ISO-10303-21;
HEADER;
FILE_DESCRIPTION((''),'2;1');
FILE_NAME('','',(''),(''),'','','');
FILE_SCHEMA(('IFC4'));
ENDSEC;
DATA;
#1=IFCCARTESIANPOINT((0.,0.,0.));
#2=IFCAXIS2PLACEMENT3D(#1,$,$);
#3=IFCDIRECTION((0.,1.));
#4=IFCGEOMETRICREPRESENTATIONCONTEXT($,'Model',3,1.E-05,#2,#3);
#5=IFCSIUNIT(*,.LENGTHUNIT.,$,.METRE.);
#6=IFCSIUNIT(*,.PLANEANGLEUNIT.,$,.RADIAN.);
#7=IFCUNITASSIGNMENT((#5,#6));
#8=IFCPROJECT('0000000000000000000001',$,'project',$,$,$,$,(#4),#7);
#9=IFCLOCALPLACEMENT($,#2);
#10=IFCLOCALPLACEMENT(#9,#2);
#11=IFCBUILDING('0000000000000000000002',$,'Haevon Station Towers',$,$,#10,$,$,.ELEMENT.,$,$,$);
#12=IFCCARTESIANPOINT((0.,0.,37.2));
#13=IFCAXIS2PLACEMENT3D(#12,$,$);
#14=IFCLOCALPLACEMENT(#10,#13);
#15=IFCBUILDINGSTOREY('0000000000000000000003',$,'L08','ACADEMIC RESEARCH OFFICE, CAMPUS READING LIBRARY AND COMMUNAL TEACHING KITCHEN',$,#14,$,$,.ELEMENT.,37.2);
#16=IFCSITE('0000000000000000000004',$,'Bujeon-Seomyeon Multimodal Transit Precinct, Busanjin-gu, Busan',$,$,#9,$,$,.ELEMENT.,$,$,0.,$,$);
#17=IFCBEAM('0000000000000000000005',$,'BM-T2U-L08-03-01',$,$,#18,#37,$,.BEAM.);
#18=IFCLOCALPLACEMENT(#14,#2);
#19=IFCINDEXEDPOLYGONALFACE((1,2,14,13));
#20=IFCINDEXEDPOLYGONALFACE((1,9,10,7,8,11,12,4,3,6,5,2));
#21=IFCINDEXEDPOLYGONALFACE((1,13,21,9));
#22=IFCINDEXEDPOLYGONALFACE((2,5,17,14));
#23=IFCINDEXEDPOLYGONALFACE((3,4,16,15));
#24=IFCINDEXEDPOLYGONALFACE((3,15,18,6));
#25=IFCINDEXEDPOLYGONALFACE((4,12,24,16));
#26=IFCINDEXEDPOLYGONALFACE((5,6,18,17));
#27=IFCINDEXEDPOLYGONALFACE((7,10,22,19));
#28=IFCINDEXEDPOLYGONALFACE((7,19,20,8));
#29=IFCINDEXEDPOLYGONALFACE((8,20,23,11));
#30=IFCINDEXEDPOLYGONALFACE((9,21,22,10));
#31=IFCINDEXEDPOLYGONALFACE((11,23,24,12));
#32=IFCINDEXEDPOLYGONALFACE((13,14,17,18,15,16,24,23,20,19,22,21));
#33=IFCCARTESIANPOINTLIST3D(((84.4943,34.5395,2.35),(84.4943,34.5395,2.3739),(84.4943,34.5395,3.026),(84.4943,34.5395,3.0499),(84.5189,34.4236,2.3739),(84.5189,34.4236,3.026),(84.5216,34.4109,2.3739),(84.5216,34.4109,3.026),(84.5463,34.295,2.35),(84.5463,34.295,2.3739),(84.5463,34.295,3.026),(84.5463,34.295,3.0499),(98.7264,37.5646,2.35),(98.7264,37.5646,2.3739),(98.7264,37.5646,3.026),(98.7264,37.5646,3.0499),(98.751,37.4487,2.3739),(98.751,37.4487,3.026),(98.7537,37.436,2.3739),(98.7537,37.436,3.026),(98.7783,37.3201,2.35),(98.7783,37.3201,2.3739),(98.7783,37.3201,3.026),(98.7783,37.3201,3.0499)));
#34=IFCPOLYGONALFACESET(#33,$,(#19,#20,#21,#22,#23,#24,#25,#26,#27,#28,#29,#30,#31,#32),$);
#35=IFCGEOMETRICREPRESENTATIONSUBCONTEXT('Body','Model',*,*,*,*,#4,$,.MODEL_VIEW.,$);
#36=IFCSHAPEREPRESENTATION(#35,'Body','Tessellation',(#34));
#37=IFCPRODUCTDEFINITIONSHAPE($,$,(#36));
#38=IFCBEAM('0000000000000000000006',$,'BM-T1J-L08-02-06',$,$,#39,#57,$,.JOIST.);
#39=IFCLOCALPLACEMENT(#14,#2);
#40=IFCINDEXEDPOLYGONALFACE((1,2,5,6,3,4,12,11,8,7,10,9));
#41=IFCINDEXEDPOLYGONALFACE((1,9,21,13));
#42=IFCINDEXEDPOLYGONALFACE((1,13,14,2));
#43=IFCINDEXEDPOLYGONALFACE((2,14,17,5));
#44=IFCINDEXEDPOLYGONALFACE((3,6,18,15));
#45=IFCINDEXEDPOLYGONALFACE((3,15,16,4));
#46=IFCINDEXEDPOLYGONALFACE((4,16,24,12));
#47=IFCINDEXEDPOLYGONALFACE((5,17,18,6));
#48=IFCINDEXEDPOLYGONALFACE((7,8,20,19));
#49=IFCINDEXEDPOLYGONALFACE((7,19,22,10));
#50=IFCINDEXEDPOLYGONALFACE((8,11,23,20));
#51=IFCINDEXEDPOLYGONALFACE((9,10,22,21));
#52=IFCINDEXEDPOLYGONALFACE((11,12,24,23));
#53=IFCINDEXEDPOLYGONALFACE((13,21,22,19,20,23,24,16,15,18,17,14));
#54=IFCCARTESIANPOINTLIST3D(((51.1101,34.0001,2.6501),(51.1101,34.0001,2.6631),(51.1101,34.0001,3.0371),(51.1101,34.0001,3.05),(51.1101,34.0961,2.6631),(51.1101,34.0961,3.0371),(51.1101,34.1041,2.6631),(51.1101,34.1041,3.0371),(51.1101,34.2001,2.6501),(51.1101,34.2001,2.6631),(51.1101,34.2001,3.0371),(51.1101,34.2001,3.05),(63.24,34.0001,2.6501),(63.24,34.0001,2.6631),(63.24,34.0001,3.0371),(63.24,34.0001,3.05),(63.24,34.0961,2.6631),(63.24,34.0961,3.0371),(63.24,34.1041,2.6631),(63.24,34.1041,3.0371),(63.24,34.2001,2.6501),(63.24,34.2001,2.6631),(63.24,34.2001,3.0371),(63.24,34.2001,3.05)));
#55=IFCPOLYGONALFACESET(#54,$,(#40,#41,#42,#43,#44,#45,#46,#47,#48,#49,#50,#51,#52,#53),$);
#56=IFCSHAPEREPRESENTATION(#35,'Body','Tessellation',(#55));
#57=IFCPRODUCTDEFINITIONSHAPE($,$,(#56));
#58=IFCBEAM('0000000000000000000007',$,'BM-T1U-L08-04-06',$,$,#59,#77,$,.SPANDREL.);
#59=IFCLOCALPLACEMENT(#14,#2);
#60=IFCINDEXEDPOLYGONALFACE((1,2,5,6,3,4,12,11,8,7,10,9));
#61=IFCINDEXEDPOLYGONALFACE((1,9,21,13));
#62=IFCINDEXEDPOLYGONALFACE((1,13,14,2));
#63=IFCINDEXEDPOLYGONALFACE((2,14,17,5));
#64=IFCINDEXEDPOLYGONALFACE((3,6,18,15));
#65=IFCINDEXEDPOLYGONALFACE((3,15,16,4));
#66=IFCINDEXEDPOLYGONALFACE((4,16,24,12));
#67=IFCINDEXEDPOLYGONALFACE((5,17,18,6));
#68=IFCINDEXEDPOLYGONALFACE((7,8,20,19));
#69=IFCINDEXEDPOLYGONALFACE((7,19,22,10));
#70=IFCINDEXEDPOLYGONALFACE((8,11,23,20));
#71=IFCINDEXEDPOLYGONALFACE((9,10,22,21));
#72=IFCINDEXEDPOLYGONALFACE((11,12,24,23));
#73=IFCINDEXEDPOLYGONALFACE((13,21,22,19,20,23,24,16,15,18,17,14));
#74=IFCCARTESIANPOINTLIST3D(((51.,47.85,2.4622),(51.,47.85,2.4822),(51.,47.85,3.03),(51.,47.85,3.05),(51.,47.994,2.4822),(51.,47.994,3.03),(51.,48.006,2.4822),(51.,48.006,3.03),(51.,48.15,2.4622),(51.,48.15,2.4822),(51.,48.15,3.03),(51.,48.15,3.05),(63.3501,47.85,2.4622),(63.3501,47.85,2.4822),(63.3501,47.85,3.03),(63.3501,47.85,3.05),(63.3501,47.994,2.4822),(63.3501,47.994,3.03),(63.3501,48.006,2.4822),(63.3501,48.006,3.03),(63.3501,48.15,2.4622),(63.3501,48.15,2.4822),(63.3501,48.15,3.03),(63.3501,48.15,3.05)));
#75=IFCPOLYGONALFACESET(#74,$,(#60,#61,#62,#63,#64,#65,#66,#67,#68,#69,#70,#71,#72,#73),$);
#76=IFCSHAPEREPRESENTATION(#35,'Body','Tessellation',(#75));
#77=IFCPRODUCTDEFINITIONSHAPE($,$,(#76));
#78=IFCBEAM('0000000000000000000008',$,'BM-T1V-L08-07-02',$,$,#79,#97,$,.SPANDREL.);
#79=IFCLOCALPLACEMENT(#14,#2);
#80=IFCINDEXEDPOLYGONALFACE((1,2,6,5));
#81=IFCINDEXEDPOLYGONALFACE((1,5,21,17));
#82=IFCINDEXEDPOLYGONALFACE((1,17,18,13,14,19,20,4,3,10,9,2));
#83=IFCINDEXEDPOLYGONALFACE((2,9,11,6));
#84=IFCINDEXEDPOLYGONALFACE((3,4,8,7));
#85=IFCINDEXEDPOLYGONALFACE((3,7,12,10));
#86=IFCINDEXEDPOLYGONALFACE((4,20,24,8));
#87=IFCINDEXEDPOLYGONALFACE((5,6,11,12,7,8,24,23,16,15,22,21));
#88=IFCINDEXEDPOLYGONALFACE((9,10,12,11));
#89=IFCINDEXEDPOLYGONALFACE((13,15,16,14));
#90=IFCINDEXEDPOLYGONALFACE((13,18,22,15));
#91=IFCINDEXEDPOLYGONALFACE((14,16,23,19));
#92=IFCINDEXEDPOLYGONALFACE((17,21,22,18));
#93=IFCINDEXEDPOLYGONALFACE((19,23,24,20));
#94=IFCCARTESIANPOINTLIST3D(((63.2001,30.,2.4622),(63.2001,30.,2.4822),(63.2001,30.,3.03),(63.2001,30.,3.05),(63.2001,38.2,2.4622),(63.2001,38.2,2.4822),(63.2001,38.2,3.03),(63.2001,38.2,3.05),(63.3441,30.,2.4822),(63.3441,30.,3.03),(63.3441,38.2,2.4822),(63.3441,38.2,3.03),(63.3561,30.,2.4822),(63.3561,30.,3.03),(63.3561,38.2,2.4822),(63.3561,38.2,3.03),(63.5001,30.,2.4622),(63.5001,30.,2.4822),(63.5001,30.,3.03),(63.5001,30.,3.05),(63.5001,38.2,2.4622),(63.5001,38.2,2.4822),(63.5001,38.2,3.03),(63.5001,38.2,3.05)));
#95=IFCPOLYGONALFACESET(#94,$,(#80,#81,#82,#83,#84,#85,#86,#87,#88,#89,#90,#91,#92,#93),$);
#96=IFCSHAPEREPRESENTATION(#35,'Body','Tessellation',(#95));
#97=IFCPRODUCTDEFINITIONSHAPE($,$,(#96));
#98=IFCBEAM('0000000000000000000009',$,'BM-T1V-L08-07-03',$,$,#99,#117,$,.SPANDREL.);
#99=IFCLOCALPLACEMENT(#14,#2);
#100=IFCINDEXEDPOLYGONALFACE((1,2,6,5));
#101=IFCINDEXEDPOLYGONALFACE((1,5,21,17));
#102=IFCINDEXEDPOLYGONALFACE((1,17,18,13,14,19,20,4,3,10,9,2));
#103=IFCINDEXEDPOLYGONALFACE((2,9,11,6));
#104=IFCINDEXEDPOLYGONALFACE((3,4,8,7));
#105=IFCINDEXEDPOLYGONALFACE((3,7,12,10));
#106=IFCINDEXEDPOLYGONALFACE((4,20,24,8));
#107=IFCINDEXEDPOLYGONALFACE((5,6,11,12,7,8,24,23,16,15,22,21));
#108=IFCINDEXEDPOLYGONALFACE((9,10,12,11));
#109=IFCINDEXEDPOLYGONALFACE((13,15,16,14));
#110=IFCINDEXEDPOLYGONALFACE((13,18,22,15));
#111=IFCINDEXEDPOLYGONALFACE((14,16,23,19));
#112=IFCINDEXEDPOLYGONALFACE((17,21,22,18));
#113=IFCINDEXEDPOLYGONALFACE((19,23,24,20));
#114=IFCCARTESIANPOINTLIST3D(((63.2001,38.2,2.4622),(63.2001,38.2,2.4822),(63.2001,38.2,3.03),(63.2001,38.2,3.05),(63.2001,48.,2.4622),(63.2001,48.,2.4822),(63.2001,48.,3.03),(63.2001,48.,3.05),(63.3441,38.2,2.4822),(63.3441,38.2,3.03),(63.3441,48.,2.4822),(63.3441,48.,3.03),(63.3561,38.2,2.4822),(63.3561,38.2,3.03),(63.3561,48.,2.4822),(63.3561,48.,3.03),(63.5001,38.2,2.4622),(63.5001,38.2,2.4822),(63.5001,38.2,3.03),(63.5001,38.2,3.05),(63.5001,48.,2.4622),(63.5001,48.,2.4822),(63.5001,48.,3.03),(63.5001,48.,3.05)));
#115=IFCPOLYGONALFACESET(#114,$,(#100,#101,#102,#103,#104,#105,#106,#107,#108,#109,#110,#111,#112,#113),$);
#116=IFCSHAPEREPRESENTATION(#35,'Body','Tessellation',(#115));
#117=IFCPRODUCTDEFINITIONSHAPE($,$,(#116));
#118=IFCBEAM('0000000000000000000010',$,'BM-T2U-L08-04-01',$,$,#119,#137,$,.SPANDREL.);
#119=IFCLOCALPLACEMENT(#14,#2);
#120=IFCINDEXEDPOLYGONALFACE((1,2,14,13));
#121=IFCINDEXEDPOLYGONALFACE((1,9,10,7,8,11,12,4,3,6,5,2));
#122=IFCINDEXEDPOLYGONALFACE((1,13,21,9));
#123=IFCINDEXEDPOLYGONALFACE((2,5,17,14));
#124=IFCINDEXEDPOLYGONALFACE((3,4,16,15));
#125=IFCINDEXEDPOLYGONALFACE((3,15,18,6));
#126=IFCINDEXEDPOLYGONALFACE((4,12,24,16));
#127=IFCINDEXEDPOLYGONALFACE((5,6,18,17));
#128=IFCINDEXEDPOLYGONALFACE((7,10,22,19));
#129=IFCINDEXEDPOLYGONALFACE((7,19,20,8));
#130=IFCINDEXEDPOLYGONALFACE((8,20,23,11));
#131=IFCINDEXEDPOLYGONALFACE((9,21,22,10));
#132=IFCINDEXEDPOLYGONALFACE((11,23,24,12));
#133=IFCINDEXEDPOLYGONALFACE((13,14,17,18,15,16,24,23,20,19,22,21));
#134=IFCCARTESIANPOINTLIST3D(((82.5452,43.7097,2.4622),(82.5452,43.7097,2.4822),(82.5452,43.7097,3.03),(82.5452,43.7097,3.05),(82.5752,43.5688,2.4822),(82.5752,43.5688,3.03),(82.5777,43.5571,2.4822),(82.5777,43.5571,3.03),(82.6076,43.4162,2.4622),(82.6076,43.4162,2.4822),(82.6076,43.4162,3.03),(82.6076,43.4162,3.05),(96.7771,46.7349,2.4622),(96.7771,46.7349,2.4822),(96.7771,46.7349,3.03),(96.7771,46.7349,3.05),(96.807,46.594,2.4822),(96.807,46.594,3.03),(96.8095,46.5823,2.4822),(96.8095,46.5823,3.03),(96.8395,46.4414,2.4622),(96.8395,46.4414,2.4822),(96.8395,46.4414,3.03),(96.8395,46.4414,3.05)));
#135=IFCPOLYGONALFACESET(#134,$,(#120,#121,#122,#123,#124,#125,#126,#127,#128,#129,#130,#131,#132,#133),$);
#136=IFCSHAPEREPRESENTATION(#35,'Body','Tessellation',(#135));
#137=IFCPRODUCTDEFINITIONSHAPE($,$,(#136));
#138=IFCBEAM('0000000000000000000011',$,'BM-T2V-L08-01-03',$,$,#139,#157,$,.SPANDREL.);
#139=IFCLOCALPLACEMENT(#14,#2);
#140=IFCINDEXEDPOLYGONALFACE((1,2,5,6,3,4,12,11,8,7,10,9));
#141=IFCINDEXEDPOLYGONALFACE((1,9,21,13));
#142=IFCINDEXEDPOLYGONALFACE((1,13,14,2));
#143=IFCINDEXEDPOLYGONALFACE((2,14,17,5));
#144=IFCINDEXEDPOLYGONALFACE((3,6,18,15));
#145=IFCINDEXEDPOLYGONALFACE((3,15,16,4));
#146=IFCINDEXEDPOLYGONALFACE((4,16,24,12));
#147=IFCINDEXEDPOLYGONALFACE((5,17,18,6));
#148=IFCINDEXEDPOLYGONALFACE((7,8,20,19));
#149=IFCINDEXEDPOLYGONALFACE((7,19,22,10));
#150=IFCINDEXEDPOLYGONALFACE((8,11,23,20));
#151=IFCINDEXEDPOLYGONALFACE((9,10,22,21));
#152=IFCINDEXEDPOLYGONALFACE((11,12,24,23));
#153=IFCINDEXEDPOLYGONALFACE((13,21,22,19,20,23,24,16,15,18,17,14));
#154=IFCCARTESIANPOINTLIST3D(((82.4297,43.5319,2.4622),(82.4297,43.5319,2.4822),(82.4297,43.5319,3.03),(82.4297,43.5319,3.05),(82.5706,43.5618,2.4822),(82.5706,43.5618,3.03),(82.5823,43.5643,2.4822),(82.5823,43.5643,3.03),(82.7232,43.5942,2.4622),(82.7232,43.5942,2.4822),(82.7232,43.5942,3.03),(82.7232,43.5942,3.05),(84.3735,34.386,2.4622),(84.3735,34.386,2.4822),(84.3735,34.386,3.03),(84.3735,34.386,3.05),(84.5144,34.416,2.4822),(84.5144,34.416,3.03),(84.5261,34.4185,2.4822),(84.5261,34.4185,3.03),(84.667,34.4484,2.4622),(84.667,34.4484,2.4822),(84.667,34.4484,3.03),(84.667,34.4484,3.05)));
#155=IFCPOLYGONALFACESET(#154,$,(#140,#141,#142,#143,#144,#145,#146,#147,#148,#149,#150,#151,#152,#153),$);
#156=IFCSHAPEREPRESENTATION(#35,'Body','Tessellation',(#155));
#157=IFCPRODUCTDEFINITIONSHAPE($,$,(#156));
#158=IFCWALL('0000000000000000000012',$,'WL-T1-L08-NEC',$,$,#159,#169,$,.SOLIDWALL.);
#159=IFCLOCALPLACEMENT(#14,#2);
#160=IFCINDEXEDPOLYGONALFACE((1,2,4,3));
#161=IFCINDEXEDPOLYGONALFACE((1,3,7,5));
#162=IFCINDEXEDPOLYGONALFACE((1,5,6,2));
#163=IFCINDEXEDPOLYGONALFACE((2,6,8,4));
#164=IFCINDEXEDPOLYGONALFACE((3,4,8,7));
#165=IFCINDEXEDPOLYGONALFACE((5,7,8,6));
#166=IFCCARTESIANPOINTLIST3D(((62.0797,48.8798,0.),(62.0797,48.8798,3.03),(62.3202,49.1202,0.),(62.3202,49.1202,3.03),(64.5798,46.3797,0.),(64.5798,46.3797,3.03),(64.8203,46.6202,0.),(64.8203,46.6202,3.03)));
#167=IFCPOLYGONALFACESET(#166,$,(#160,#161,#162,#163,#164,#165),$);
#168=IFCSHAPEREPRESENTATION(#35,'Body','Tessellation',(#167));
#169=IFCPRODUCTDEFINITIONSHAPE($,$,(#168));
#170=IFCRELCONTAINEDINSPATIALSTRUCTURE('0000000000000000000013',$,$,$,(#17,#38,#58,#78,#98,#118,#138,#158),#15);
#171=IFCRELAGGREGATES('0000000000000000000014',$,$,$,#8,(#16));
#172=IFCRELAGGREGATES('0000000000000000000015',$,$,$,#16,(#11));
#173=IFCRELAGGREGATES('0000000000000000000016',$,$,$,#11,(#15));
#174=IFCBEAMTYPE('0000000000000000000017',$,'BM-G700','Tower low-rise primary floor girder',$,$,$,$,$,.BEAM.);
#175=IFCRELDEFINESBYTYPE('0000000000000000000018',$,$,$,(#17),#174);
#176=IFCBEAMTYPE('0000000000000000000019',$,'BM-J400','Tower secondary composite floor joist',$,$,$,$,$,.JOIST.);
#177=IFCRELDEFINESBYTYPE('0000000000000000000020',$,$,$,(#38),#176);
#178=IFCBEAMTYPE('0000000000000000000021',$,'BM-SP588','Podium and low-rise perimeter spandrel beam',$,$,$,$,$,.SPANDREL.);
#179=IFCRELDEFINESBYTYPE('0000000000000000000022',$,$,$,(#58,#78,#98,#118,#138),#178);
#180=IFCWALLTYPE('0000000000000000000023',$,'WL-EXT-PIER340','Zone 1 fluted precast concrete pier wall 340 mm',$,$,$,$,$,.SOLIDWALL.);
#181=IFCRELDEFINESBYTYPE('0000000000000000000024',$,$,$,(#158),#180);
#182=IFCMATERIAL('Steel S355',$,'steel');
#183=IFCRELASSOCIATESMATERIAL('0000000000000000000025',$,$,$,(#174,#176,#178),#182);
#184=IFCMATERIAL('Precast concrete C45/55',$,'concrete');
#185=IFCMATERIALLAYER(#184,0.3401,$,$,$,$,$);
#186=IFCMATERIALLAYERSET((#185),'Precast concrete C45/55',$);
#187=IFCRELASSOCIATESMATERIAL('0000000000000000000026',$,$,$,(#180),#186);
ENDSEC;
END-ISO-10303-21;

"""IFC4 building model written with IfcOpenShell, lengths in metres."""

from ifc_helpers import new_model, si_unit, direction, frame, frame_2d, origin, origin_2d, place, context, subcontext, project, spatial, rectangle, i_section, extrude, material, layer, layer_set, material_profile, profile_set, type_object, element, save


model = new_model("IFC4")

# Units and contexts
model_context = context("Model", 3, precision=1e-05, world=origin(), true_north=direction((0.0, 1.0)))
body_context = subcontext(model_context, "Body", "Model", "MODEL_VIEW")
ifc_project = project(units=[si_unit("LENGTHUNIT", "METRE"), si_unit("PLANEANGLEUNIT", "RADIAN")], contexts=[model_context])

# Site, building, storey
site_placement = place(None, origin())
site = spatial("IfcSite", under=ifc_project, at=site_placement, Name="Bujeon-Seomyeon Multimodal Transit Precinct, Busanjin-gu, Busan", CompositionType="ELEMENT", RefElevation=0.0)
building_placement = place(site_placement, origin())
building = spatial("IfcBuilding", under=site, at=building_placement, Name="Haevon Station Towers", CompositionType="ELEMENT")
storey_placement = place(building_placement, frame((0.0, 0.0, 37.2)))
storey = spatial("IfcBuildingStorey", under=building, at=storey_placement, Name="L08", Description="ACADEMIC RESEARCH OFFICE, CAMPUS READING LIBRARY AND COMMUNAL TEACHING KITCHEN", CompositionType="ELEMENT", Elevation=37.2)

# Beams
ifc_material_1 = material(Name="Steel S355", Category="steel")
ifc_material_profile_1 = material_profile(ifc_material_1, i_section(OverallWidth=0.25, OverallDepth=0.7, WebThickness=0.0129, FlangeThickness=0.0239, at=origin_2d()), Name="H-700x250x13x24")
ifc_profile_set_1 = profile_set([ifc_material_profile_1], Name="Steel S355")
beam_type_1 = type_object("IfcBeamType", Name="BM-G700", Description="Tower low-rise primary floor girder", PredefinedType="BEAM", material=ifc_profile_set_1)
beam_1_placement = place(storey_placement, frame((84.5203, 34.4172, 2.7), z_axis=(0.978148, 0.207912, 0.0), x_axis=(-0.207912, 0.978148, 0.0)))
element("IfcBeam", 1, at=beam_1_placement, inside=storey, type_object=beam_type_1, Name="BM-T2U-L08-03-01", PredefinedType="BEAM", context=body_context, shape_type="SweptSolid", body=[
    extrude(i_section(OverallWidth=0.25, OverallDepth=0.7, WebThickness=0.0129, FlangeThickness=0.0239, at=origin_2d()), origin(), (0.0, 0.0, 1.0), 14.55),
])
ifc_material_profile_2 = material_profile(ifc_material_1, i_section(OverallWidth=0.2, OverallDepth=0.3999, WebThickness=0.0081, FlangeThickness=0.0129, at=origin_2d()), Name="H-400x200x8x13")
ifc_profile_set_2 = profile_set([ifc_material_profile_2], Name="Steel S355")
beam_type_2 = type_object("IfcBeamType", Name="BM-J400", Description="Tower secondary composite floor joist", PredefinedType="JOIST", material=ifc_profile_set_2)
beam_2_placement = place(storey_placement, frame((51.1101, 34.1001, 2.8501), z_axis=(1.0, 0.0, 0.0), x_axis=(0.0, 1.0, 0.0)))
element("IfcBeam", 2, at=beam_2_placement, inside=storey, type_object=beam_type_2, Name="BM-T1J-L08-02-06", PredefinedType="JOIST", context=body_context, shape_type="SweptSolid", body=[
    extrude(i_section(OverallWidth=0.2, OverallDepth=0.3999, WebThickness=0.0081, FlangeThickness=0.0129, at=origin_2d()), origin(), (0.0, 0.0, 1.0), 12.1299),
])
ifc_material_profile_3 = material_profile(ifc_material_1, i_section(OverallWidth=0.3, OverallDepth=0.5879, WebThickness=0.012, FlangeThickness=0.02, at=origin_2d()), Name="H-588x300x12x20")
ifc_profile_set_3 = profile_set([ifc_material_profile_3], Name="Steel S355")
beam_type_3 = type_object("IfcBeamType", Name="BM-SP588", Description="Podium and low-rise perimeter spandrel beam", PredefinedType="SPANDREL", material=ifc_profile_set_3)
beam_3_placement = place(storey_placement, frame((51.0, 48.0, 2.7561), z_axis=(1.0, 0.0, 0.0), x_axis=(0.0, 1.0, 0.0)))
element("IfcBeam", 3, at=beam_3_placement, inside=storey, type_object=beam_type_3, Name="BM-T1U-L08-04-06", PredefinedType="SPANDREL", context=body_context, shape_type="SweptSolid", body=[
    extrude(i_section(OverallWidth=0.3, OverallDepth=0.5879, WebThickness=0.012, FlangeThickness=0.02, at=origin_2d()), origin(), (0.0, 0.0, 1.0), 12.3501),
])
beam_4_placement = place(storey_placement, frame((63.3501, 30.0, 2.7561), z_axis=(0.0, 1.0, 0.0), x_axis=(-1.0, 0.0, 0.0)))
element("IfcBeam", 4, at=beam_4_placement, inside=storey, type_object=beam_type_3, Name="BM-T1V-L08-07-02", PredefinedType="SPANDREL", context=body_context, shape_type="SweptSolid", body=[
    extrude(i_section(OverallWidth=0.3, OverallDepth=0.5879, WebThickness=0.012, FlangeThickness=0.02, at=origin_2d()), origin(), (0.0, 0.0, 1.0), 8.2),
])
beam_5_placement = place(storey_placement, frame((63.3501, 38.2, 2.7561), z_axis=(0.0, 1.0, 0.0), x_axis=(-1.0, 0.0, 0.0)))
element("IfcBeam", 5, at=beam_5_placement, inside=storey, type_object=beam_type_3, Name="BM-T1V-L08-07-03", PredefinedType="SPANDREL", context=body_context, shape_type="SweptSolid", body=[
    extrude(i_section(OverallWidth=0.3, OverallDepth=0.5879, WebThickness=0.012, FlangeThickness=0.02, at=origin_2d()), origin(), (0.0, 0.0, 1.0), 9.8),
])
beam_6_placement = place(storey_placement, frame((82.5764, 43.563, 2.7561), z_axis=(0.978147, 0.207915, 0.0), x_axis=(-0.207915, 0.978147, 0.0)))
element("IfcBeam", 6, at=beam_6_placement, inside=storey, type_object=beam_type_3, Name="BM-T2U-L08-04-01", PredefinedType="SPANDREL", context=body_context, shape_type="SweptSolid", body=[
    extrude(i_section(OverallWidth=0.3, OverallDepth=0.5879, WebThickness=0.012, FlangeThickness=0.02, at=origin_2d()), origin(), (0.0, 0.0, 1.0), 14.5498),
])
beam_7_placement = place(storey_placement, frame((84.5203, 34.4172, 2.7561), z_axis=(-0.207897, 0.978151, 0.0), x_axis=(-0.978151, -0.207897, 0.0)))
element("IfcBeam", 7, at=beam_7_placement, inside=storey, type_object=beam_type_3, Name="BM-T2V-L08-01-03", PredefinedType="SPANDREL", context=body_context, shape_type="SweptSolid", body=[
    extrude(i_section(OverallWidth=0.3, OverallDepth=0.5879, WebThickness=0.012, FlangeThickness=0.02, at=origin_2d()), origin(), (0.0, 0.0, 1.0), 9.3501),
])

# Wall
ifc_material_2 = material(Name="Precast concrete C45/55", Category="concrete")
ifc_layer_1 = layer(ifc_material_2, 0.3401)
ifc_layer_set_1 = layer_set([ifc_layer_1], Name="Precast concrete C45/55")
wall_type_1 = type_object("IfcWallType", Name="WL-EXT-PIER340", Description="Zone 1 fluted precast concrete pier wall 340 mm", PredefinedType="SOLIDWALL", material=ifc_layer_set_1)
wall_1_placement = place(storey_placement, frame((62.2, 49.0, 0.0), z_axis=(0.0, 0.0, 1.0), x_axis=(0.707107, -0.707107, 0.0)))
element("IfcWall", 8, at=wall_1_placement, inside=storey, type_object=wall_type_1, Name="WL-T1-L08-NEC", PredefinedType="SOLIDWALL", context=body_context, shape_type="SweptSolid", body=[
    extrude(rectangle(XDim=3.5356, YDim=0.3401, at=frame_2d((1.7678, 0.0))), origin(), (0.0, 0.0, 1.0), 3.03),
])

save(model, "model.ifc")
